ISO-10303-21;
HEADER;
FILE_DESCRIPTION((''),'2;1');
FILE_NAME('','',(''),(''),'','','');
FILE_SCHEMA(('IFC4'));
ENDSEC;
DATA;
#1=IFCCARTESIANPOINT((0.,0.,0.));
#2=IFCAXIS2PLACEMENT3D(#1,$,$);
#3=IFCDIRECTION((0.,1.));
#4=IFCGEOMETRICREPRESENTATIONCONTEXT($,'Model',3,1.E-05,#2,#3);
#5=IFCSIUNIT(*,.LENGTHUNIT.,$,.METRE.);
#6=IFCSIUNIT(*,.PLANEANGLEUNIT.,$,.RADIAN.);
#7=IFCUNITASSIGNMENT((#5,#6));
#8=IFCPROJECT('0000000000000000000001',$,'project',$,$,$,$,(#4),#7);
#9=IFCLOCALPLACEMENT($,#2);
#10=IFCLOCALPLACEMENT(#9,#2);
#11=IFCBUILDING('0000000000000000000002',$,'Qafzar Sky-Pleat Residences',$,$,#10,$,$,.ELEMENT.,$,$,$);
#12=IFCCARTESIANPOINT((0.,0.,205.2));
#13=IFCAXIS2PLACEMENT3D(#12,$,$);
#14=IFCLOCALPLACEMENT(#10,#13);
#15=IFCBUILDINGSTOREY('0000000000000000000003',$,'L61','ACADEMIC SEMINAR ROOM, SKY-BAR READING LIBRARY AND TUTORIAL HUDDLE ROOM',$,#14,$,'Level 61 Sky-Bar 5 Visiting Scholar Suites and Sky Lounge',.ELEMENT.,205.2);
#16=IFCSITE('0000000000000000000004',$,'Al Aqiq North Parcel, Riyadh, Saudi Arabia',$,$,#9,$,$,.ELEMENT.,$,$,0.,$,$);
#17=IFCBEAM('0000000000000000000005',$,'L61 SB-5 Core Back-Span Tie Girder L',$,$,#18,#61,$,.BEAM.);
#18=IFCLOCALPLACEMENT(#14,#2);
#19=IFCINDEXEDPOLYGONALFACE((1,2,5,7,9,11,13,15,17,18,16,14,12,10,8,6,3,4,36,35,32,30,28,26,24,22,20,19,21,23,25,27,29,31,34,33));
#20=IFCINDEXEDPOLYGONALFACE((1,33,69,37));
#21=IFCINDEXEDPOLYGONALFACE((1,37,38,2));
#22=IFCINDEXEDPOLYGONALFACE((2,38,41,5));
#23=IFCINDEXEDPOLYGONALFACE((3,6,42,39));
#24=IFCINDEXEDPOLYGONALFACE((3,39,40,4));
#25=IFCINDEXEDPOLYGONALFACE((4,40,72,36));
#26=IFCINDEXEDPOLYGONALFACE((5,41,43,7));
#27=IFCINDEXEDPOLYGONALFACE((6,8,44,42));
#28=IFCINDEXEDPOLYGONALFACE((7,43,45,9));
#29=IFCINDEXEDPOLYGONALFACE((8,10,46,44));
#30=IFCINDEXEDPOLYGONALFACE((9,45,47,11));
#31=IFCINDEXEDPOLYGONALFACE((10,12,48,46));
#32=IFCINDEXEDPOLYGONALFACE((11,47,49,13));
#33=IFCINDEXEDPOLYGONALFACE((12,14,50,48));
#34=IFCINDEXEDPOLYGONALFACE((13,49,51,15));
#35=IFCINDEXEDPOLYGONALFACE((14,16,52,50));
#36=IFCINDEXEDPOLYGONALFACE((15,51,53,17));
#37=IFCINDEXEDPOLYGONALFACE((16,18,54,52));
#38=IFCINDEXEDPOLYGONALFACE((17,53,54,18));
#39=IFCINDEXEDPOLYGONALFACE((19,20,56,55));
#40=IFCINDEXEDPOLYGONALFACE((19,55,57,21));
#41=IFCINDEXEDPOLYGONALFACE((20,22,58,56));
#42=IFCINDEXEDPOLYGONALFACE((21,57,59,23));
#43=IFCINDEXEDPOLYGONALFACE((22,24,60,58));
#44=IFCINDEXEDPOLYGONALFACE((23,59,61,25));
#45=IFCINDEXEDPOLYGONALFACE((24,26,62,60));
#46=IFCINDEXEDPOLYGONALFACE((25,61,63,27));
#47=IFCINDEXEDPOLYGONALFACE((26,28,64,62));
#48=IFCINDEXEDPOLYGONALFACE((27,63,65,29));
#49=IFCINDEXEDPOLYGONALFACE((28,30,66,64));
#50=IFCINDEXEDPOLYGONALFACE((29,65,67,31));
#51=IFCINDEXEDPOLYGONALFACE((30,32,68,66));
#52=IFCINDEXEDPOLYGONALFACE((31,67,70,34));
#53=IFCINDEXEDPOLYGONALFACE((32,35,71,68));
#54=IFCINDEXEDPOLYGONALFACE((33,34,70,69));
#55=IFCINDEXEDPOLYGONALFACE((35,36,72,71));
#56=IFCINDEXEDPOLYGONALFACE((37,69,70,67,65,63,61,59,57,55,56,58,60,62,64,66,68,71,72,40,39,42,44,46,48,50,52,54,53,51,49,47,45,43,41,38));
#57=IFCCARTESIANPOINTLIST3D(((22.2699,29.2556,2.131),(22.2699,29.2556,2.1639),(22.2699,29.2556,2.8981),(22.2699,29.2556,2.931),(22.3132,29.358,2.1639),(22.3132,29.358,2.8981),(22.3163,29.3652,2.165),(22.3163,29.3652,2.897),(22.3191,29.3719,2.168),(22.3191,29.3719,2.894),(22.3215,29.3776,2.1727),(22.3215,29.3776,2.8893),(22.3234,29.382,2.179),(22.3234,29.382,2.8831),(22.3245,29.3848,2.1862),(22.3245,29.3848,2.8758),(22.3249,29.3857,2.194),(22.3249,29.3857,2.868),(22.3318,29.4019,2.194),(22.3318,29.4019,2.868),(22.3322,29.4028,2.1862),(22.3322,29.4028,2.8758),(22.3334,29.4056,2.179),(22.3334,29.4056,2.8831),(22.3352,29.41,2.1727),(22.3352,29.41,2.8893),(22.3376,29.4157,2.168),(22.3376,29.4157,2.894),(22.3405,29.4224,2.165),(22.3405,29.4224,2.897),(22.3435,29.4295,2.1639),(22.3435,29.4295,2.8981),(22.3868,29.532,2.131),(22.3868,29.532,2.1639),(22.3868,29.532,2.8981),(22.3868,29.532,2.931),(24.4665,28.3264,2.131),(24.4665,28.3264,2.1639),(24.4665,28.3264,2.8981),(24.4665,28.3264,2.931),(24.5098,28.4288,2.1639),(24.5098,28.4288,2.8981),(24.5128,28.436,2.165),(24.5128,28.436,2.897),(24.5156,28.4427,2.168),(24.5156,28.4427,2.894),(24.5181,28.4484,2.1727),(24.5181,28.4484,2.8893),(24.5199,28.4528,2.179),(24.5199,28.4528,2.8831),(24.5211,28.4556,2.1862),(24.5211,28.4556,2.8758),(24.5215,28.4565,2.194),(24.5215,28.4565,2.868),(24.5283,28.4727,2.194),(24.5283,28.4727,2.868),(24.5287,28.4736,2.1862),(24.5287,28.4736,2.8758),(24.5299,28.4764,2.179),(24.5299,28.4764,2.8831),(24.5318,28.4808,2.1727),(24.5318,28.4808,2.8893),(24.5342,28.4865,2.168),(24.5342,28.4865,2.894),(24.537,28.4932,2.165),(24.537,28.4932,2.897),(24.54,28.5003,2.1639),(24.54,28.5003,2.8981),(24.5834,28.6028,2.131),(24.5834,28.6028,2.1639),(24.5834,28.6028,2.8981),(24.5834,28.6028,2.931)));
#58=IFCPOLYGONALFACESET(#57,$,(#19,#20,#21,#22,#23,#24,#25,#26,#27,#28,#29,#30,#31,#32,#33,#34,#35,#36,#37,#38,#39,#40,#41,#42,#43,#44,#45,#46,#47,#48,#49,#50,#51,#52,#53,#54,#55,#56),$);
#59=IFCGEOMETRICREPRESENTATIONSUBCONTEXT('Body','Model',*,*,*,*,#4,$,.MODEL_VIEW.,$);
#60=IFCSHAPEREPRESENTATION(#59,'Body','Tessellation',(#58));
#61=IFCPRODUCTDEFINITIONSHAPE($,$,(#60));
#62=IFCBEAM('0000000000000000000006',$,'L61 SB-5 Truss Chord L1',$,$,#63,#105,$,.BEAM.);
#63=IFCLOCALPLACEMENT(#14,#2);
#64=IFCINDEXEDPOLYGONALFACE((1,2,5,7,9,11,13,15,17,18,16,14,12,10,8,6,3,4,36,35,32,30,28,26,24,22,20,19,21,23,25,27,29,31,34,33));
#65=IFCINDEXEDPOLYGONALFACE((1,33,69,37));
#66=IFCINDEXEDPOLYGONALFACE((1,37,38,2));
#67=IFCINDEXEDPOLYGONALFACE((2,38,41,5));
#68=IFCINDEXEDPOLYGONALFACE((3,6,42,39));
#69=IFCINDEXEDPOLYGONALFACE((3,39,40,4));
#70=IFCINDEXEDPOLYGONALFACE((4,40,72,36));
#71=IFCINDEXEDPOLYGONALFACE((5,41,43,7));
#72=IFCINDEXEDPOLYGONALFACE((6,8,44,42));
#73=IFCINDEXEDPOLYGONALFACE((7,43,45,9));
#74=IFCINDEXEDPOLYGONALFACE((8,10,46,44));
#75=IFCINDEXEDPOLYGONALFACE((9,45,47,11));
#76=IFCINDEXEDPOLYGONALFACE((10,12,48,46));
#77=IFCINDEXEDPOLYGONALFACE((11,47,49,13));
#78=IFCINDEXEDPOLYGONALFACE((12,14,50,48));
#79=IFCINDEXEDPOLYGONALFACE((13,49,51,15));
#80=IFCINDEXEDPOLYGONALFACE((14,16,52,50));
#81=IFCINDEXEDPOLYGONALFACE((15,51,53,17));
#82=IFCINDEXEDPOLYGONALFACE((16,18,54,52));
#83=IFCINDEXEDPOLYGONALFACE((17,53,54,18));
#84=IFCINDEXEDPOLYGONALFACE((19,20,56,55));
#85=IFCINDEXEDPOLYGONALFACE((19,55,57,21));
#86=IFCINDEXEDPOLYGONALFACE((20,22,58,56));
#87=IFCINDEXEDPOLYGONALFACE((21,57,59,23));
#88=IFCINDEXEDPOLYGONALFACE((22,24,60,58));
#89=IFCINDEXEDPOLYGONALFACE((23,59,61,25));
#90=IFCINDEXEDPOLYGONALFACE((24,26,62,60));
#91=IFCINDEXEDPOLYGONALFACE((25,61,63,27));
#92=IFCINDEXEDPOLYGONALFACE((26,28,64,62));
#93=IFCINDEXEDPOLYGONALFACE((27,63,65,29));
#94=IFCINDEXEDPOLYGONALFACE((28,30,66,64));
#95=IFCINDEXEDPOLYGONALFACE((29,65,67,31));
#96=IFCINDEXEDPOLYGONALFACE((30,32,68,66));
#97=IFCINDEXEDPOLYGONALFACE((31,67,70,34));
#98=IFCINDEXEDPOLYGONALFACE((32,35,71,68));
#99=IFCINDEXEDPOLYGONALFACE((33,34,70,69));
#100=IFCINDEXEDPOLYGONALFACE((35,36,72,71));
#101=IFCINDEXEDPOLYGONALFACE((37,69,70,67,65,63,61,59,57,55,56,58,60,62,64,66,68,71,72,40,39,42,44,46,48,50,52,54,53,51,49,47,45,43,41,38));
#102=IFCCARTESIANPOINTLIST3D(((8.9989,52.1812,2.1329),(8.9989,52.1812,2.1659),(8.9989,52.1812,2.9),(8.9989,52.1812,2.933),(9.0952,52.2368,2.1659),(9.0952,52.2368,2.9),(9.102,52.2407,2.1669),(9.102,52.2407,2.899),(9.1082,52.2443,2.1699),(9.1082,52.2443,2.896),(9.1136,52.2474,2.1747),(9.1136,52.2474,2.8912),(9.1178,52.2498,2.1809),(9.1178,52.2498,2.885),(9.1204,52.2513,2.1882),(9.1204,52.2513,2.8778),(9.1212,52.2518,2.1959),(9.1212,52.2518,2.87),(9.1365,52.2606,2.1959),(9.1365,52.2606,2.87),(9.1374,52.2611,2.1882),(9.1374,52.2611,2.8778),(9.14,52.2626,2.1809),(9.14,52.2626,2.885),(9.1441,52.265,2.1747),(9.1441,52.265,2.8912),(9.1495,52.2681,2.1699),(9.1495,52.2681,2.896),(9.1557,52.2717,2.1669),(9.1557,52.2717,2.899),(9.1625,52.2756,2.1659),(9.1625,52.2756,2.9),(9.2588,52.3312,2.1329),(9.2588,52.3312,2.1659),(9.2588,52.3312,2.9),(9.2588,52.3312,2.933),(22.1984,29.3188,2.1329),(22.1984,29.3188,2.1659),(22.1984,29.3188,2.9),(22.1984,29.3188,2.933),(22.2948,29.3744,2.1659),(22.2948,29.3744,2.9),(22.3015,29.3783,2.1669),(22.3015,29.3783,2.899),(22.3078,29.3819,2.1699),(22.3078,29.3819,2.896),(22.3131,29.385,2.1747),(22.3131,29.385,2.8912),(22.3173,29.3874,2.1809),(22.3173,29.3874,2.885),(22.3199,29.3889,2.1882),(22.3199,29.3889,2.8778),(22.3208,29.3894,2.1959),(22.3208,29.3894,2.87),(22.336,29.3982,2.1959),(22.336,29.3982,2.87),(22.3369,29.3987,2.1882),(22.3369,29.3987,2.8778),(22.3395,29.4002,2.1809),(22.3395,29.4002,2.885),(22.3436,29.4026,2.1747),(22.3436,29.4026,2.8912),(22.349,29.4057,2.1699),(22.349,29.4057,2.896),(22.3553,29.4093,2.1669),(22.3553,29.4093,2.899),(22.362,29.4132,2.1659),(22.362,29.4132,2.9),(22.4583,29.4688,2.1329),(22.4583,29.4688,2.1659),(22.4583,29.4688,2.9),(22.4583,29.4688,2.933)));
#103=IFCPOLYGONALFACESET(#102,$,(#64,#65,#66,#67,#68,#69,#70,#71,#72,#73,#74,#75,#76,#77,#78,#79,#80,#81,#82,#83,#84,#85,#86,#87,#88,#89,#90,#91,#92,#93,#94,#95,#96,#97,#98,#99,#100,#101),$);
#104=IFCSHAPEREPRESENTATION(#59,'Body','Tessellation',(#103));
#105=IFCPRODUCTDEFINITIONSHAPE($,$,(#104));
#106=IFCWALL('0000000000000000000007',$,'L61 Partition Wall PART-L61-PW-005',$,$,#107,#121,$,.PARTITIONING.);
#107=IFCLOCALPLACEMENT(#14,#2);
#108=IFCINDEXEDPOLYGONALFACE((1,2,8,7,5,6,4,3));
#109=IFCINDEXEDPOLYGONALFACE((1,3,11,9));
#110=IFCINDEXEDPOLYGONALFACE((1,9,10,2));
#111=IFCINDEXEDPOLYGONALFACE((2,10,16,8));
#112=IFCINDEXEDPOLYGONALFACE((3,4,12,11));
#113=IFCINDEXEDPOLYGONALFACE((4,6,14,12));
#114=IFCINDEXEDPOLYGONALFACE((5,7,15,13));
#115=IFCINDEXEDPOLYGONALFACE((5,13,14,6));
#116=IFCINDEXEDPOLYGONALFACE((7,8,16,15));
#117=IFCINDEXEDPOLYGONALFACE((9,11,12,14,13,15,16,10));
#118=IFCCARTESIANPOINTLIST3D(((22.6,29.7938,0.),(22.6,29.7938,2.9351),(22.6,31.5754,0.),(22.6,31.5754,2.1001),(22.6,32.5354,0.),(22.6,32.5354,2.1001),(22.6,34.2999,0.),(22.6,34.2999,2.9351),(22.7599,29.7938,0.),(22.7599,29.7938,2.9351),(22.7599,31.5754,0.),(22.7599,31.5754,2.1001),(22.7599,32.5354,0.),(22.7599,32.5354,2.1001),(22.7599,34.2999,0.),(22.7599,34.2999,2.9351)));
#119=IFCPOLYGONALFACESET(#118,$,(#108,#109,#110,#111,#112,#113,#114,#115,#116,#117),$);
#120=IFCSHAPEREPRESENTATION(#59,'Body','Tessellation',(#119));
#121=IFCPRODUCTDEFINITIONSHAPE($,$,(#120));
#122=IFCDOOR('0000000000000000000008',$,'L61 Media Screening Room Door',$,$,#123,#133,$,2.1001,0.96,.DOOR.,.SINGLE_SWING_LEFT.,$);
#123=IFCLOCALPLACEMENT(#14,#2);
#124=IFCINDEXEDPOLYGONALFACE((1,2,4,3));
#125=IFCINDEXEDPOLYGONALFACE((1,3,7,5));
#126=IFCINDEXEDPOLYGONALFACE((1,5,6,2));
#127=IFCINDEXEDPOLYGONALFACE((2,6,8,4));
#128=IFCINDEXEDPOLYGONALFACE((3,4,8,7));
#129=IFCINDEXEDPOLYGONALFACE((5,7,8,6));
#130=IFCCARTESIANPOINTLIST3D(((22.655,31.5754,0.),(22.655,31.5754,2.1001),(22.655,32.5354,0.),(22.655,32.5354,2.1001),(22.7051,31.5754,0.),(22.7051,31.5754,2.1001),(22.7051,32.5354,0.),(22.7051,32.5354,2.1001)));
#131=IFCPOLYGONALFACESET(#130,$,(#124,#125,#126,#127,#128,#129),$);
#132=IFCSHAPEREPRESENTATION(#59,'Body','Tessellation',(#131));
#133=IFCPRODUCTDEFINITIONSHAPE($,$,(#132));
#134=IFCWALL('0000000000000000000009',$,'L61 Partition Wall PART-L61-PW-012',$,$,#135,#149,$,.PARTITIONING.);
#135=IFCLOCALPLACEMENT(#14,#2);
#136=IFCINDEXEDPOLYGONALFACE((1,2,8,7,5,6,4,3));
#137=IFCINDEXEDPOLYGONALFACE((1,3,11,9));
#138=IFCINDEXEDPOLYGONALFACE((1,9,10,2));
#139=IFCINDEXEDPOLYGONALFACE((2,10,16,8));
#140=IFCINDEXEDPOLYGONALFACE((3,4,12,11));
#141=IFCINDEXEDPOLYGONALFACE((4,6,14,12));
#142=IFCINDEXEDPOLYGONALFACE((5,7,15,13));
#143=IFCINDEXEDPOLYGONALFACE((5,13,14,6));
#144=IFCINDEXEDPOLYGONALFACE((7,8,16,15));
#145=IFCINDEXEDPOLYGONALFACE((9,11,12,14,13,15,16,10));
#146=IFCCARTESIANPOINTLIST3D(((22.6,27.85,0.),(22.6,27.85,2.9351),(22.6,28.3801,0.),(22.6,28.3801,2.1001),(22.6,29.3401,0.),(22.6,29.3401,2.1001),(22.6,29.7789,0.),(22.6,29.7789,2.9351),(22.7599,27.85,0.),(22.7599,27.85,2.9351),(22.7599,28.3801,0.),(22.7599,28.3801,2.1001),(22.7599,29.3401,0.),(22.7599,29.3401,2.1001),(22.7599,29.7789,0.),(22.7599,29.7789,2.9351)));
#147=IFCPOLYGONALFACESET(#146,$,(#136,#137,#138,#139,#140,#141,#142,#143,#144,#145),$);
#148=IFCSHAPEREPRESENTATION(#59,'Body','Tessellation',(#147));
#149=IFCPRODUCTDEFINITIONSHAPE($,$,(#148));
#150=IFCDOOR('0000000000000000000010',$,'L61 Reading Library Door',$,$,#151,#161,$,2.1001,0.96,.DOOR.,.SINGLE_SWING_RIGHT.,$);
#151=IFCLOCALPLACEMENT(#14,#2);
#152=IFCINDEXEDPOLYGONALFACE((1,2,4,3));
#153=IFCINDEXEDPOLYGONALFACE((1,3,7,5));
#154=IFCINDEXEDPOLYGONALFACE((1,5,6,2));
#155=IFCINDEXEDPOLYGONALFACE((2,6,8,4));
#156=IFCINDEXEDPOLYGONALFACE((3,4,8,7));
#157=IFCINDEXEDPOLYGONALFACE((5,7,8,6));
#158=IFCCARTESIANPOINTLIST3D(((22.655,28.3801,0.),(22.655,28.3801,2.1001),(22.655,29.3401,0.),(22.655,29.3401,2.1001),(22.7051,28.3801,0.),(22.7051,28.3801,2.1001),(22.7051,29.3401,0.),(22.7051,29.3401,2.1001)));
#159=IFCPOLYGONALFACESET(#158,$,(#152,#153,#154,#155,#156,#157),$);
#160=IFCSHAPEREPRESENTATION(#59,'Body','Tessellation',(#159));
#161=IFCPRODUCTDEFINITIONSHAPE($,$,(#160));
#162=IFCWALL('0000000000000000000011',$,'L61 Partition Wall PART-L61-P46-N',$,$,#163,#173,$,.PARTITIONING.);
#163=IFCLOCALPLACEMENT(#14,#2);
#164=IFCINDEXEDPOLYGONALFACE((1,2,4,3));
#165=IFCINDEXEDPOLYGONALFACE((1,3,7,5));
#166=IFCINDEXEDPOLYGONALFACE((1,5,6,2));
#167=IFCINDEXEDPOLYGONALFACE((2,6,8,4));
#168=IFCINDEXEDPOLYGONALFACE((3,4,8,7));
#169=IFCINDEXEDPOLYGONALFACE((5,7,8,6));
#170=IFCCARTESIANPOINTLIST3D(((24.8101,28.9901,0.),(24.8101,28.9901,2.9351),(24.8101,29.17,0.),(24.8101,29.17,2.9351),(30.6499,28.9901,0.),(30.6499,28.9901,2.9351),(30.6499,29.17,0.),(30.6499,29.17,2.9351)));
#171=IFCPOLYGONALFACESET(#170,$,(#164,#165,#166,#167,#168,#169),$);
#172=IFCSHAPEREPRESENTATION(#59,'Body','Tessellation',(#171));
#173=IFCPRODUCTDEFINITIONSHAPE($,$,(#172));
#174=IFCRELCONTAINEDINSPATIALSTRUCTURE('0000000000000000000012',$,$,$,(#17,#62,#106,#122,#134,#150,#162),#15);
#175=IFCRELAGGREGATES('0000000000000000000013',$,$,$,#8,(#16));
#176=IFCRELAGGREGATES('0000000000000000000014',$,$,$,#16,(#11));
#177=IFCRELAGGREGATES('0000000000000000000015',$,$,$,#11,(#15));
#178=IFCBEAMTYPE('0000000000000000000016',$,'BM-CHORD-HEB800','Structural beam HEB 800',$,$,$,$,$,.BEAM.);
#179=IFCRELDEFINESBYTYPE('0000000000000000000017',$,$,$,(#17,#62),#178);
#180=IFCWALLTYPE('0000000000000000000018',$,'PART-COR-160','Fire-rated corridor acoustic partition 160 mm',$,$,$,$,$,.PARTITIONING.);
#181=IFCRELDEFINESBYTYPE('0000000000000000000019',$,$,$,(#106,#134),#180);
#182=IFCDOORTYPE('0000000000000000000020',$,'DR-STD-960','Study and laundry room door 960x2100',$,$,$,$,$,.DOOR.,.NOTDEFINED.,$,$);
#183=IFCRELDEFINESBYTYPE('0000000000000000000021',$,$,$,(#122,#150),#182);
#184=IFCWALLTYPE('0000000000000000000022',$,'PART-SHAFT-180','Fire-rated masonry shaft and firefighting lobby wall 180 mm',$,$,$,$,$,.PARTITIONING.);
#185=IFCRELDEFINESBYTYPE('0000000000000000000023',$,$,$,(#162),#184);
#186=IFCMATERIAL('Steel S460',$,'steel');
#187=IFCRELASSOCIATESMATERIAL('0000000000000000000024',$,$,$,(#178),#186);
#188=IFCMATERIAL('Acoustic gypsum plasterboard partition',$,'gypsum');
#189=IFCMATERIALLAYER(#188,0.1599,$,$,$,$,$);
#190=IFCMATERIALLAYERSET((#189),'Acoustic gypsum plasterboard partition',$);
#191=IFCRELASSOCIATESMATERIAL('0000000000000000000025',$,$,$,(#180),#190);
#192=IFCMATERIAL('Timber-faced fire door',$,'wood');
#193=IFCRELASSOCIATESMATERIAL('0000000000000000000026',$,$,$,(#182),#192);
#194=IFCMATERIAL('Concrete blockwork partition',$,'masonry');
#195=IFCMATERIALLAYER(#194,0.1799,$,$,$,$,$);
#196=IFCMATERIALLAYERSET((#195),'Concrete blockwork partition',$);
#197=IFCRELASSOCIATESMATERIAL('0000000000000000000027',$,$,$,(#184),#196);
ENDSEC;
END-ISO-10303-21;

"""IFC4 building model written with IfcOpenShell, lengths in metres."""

from ifc_helpers import new_model, si_unit, direction, frame, frame_2d, origin, origin_2d, place, context, subcontext, project, spatial, rectangle, i_section, extrude, source, transform, mapped, material, layer, layer_set, material_profile, profile_set, type_object, element, fill, save


model = new_model("IFC4")

# Units and contexts
model_context = context("Model", 3, precision=1e-05, world=origin(), true_north=direction((0.0, 1.0)))
body_context = subcontext(model_context, "Body", "Model", "MODEL_VIEW")
ifc_project = project(units=[si_unit("LENGTHUNIT", "METRE"), si_unit("PLANEANGLEUNIT", "RADIAN")], contexts=[model_context])

# Site, building, storey
site_placement = place(None, origin())
site = spatial("IfcSite", under=ifc_project, at=site_placement, Name="Al Aqiq North Parcel, Riyadh, Saudi Arabia", CompositionType="ELEMENT", RefElevation=0.0)
building_placement = place(site_placement, origin())
building = spatial("IfcBuilding", under=site, at=building_placement, Name="Qafzar Sky-Pleat Residences", CompositionType="ELEMENT")
storey_placement = place(building_placement, frame((0.0, 0.0, 205.2)))
storey = spatial("IfcBuildingStorey", under=building, at=storey_placement, Name="L61", Description="ACADEMIC SEMINAR ROOM, SKY-BAR READING LIBRARY AND TUTORIAL HUDDLE ROOM", LongName="Level 61 Sky-Bar 5 Visiting Scholar Suites and Sky Lounge", CompositionType="ELEMENT", Elevation=205.2)

# Beams
ifc_material_1 = material(Name="Steel S460", Category="steel")
ifc_material_profile = material_profile(ifc_material_1, i_section(OverallWidth=0.3, OverallDepth=0.8, WebThickness=0.0176, FlangeThickness=0.033, FilletRadius=0.03, at=origin_2d()), Name="HEB 800")
ifc_profile_set = profile_set([ifc_material_profile], Name="Steel S460")
beam_type = type_object("IfcBeamType", Name="BM-CHORD-HEB800", Description="Structural beam HEB 800", PredefinedType="BEAM", material=ifc_profile_set)
shared_shape_1 = source(origin(), body_context, "Body", "SweptSolid", [
    extrude(i_section(OverallWidth=0.3, OverallDepth=0.8, WebThickness=0.0176, FlangeThickness=0.033, FilletRadius=0.03, at=origin_2d()), origin(), (0.0, 0.0, 1.0), 2.385),
])
beam_1_placement = place(storey_placement, frame((22.3284, 29.3938, 2.531), z_axis=(0.920983, -0.389603, 0.0), x_axis=(0.389603, 0.920983, 0.0)))
element("IfcBeam", 1, at=beam_1_placement, inside=storey, type_object=beam_type, Name="L61 SB-5 Core Back-Span Tie Girder L", PredefinedType="BEAM", context=body_context, shape_type="MappedRepresentation", body=[
    mapped(shared_shape_1, transform((0.0, 0.0, 0.0), x_axis=(1.0, 0.0, 0.0), y_axis=(0.0, 1.0, 0.0), z_axis=(0.0, 0.0, 1.0), scale=1.0)),
])
shared_shape_2 = source(origin(), body_context, "Body", "SweptSolid", [
    extrude(i_section(OverallWidth=0.3, OverallDepth=0.8, WebThickness=0.0176, FlangeThickness=0.033, FilletRadius=0.03, at=origin_2d()), origin(), (0.0, 0.0, 1.0), 26.3992),
])
beam_2_placement = place(storey_placement, frame((22.3284, 29.3938, 2.533), z_axis=(-0.499997, 0.866027, 0.0), x_axis=(-0.866027, -0.499997, 0.0)))
element("IfcBeam", 2, at=beam_2_placement, inside=storey, type_object=beam_type, Name="L61 SB-5 Truss Chord L1", PredefinedType="BEAM", context=body_context, shape_type="MappedRepresentation", body=[
    mapped(shared_shape_2, transform((0.0, 0.0, 0.0), x_axis=(1.0, 0.0, 0.0), y_axis=(0.0, 1.0, 0.0), z_axis=(0.0, 0.0, 1.0), scale=1.0)),
])

# Walls, openings, doors
ifc_material_2 = material(Name="Acoustic gypsum plasterboard partition", Category="gypsum")
ifc_layer_1 = layer(ifc_material_2, 0.1599)
ifc_layer_set_1 = layer_set([ifc_layer_1], Name="Acoustic gypsum plasterboard partition")
wall_type_1 = type_object("IfcWallType", Name="PART-COR-160", Description="Fire-rated corridor acoustic partition 160 mm", PredefinedType="PARTITIONING", material=ifc_layer_set_1)
wall_1_placement = place(storey_placement, frame((22.6799, 29.7939, 0.0), z_axis=(0.0, 0.0, 1.0), x_axis=(0.0, 1.0, 0.0)))
wall_1 = element("IfcWall", 3, at=wall_1_placement, inside=storey, type_object=wall_type_1, Name="L61 Partition Wall PART-L61-PW-005", PredefinedType="PARTITIONING", context=body_context, shape_type="SweptSolid", body=[
    extrude(rectangle(XDim=4.5061, YDim=0.1599, at=frame_2d((2.2529, 0.0))), origin(), (0.0, 0.0, 1.0), 2.9351),
])
opening_1_placement = place(wall_1_placement, frame((1.7815, 0.0, 0.0)))
opening_1 = element("IfcOpeningElement", 4, at=opening_1_placement, cuts=wall_1, PredefinedType="OPENING", context=body_context, shape_type="SweptSolid", body=[
    extrude(rectangle(XDim=0.96, YDim=2.1001, at=frame_2d((0.48, 1.05))), frame((0.0, 0.0898, 0.0), z_axis=(0.0, -1.0, 0.0), x_axis=(1.0, 0.0, 0.0)), (0.0, 0.0, 1.0), 0.1799),
])
ifc_material_3 = material(Name="Timber-faced fire door", Category="wood")
door_type_1 = type_object("IfcDoorType", Name="DR-STD-960", Description="Study and laundry room door 960x2100", OperationType="NOTDEFINED", PredefinedType="DOOR", material=ifc_material_3)
shared_shape_3 = source(origin(), body_context, "Body", "SweptSolid", [
    extrude(rectangle(XDim=0.96, YDim=2.1001, at=frame_2d((0.48, 1.05))), frame((0.0, 0.0249, 0.0), z_axis=(0.0, -1.0, 0.0), x_axis=(1.0, 0.0, 0.0)), (0.0, 0.0, 1.0), 0.05),
])
door_1_placement = place(opening_1_placement, origin())
door_1 = element("IfcDoor", 5, at=door_1_placement, inside=storey, type_object=door_type_1, Name="L61 Media Screening Room Door", OperationType="SINGLE_SWING_LEFT", OverallHeight=2.1001, OverallWidth=0.96, PredefinedType="DOOR", context=body_context, shape_type="MappedRepresentation", body=[
    mapped(shared_shape_3, transform((0.0, 0.0, 0.0), x_axis=(1.0, 0.0, 0.0), y_axis=(0.0, 1.0, 0.0), z_axis=(0.0, 0.0, 1.0), scale=1.0)),
])
fill(opening_1, door_1)
wall_2_placement = place(storey_placement, frame((22.6799, 27.8501, 0.0), z_axis=(0.0, 0.0, 1.0), x_axis=(0.0, 1.0, 0.0)))
wall_2 = element("IfcWall", 6, at=wall_2_placement, inside=storey, type_object=wall_type_1, Name="L61 Partition Wall PART-L61-PW-012", PredefinedType="PARTITIONING", context=body_context, shape_type="SweptSolid", body=[
    extrude(rectangle(XDim=1.929, YDim=0.1599, at=frame_2d((0.9644, 0.0))), origin(), (0.0, 0.0, 1.0), 2.9351),
])
opening_2_placement = place(wall_2_placement, frame((0.53, 0.0, 0.0)))
opening_2 = element("IfcOpeningElement", 7, at=opening_2_placement, cuts=wall_2, PredefinedType="OPENING", context=body_context, shape_type="SweptSolid", body=[
    extrude(rectangle(XDim=0.96, YDim=2.1001, at=frame_2d((0.48, 1.05))), frame((0.0, 0.0898, 0.0), z_axis=(0.0, -1.0, 0.0), x_axis=(1.0, 0.0, 0.0)), (0.0, 0.0, 1.0), 0.1799),
])
door_2_placement = place(opening_2_placement, origin())
door_2 = element("IfcDoor", 8, at=door_2_placement, inside=storey, type_object=door_type_1, Name="L61 Reading Library Door", OperationType="SINGLE_SWING_RIGHT", OverallHeight=2.1001, OverallWidth=0.96, PredefinedType="DOOR", context=body_context, shape_type="MappedRepresentation", body=[
    mapped(shared_shape_3, transform((0.0, 0.0, 0.0), x_axis=(1.0, 0.0, 0.0), y_axis=(0.0, 1.0, 0.0), z_axis=(0.0, 0.0, 1.0), scale=1.0)),
])
fill(opening_2, door_2)

# Wall
ifc_material_4 = material(Name="Concrete blockwork partition", Category="masonry")
ifc_layer_2 = layer(ifc_material_4, 0.1799)
ifc_layer_set_2 = layer_set([ifc_layer_2], Name="Concrete blockwork partition")
wall_type_2 = type_object("IfcWallType", Name="PART-SHAFT-180", Description="Fire-rated masonry shaft and firefighting lobby wall 180 mm", PredefinedType="PARTITIONING", material=ifc_layer_set_2)
wall_3_placement = place(storey_placement, frame((24.8101, 29.0801, 0.0), z_axis=(0.0, 0.0, 1.0), x_axis=(1.0, 0.0, 0.0)))
element("IfcWall", 9, at=wall_3_placement, inside=storey, type_object=wall_type_2, Name="L61 Partition Wall PART-L61-P46-N", PredefinedType="PARTITIONING", context=body_context, shape_type="SweptSolid", body=[
    extrude(rectangle(XDim=5.8398, YDim=0.1799, at=frame_2d((2.9199, 0.0))), origin(), (0.0, 0.0, 1.0), 2.9351),
])

save(model, "model.ifc")
